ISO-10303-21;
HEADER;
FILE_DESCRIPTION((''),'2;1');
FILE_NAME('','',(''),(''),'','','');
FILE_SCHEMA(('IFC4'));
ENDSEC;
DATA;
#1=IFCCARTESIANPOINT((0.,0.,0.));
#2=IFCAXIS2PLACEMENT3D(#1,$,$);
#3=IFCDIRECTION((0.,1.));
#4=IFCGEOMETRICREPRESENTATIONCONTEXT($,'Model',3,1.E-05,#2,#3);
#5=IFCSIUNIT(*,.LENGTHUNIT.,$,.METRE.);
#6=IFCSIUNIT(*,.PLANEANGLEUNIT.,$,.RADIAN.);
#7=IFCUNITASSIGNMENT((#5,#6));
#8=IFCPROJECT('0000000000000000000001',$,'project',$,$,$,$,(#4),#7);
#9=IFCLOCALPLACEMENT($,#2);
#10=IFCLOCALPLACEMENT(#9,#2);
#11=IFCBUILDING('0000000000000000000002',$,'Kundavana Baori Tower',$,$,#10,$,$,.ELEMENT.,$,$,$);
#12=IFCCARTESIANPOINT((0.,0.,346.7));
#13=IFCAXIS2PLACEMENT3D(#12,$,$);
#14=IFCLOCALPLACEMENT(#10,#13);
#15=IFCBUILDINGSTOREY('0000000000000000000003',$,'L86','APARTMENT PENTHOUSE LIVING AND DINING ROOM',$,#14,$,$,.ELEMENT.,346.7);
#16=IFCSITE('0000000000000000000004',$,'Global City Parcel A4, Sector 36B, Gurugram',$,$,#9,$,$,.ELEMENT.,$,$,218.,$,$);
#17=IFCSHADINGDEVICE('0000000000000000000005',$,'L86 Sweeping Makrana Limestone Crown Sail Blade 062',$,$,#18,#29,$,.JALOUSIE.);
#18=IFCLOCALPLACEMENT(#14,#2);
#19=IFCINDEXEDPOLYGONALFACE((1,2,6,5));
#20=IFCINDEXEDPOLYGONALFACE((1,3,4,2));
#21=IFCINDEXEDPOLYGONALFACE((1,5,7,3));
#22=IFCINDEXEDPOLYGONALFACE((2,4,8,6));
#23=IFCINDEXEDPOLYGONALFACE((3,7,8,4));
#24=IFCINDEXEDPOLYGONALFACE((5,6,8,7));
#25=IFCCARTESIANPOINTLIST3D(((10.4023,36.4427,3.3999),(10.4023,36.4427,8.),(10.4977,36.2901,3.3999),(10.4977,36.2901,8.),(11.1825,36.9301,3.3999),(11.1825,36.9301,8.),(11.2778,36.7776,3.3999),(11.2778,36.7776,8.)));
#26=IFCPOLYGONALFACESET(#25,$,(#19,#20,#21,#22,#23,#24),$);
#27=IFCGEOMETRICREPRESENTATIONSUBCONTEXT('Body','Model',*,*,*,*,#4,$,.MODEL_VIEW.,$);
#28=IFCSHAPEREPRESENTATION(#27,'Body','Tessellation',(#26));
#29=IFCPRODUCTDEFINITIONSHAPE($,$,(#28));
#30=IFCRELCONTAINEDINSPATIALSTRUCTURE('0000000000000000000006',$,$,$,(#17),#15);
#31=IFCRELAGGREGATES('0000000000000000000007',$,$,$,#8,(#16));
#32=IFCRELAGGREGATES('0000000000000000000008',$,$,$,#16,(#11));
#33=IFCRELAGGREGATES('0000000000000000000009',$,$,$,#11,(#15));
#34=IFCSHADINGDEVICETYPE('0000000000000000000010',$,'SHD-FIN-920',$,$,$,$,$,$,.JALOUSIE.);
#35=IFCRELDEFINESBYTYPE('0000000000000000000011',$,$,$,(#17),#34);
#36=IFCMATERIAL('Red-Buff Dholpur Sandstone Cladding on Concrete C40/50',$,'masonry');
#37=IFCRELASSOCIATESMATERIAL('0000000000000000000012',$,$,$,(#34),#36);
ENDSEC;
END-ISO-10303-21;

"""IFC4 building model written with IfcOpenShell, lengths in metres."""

from ifc_helpers import new_model, si_unit, direction, frame, origin, origin_2d, place, context, subcontext, project, spatial, rectangle, extrude, material, type_object, element, save


model = new_model("IFC4")

# Units and contexts
model_context = context("Model", 3, precision=1e-05, world=origin(), true_north=direction((0.0, 1.0)))
body_context = subcontext(model_context, "Body", "Model", "MODEL_VIEW")
ifc_project = project(units=[si_unit("LENGTHUNIT", "METRE"), si_unit("PLANEANGLEUNIT", "RADIAN")], contexts=[model_context])

# Site, building, storey
site_placement = place(None, origin())
site = spatial("IfcSite", under=ifc_project, at=site_placement, Name="Global City Parcel A4, Sector 36B, Gurugram", CompositionType="ELEMENT", RefElevation=218.0)
building_placement = place(site_placement, origin())
building = spatial("IfcBuilding", under=site, at=building_placement, Name="Kundavana Baori Tower", CompositionType="ELEMENT")
storey_placement = place(building_placement, frame((0.0, 0.0, 346.7)))
storey = spatial("IfcBuildingStorey", under=building, at=storey_placement, Name="L86", Description="APARTMENT PENTHOUSE LIVING AND DINING ROOM", CompositionType="ELEMENT", Elevation=346.7)

# Shading device
ifc_material_1 = material(Name="Red-Buff Dholpur Sandstone Cladding on Concrete C40/50", Category="masonry")
shading_device_type = type_object("IfcShadingDeviceType", Name="SHD-FIN-920", PredefinedType="JALOUSIE", material=ifc_material_1)
for number, where, z_axis, x_axis, name in (
    (1, (10.8401, 36.6101, 3.3999), (0.0, 0.0, 1.0), (-0.529919, 0.848048, 0.0), "L86 Sweeping Makrana Limestone Crown Sail Blade 062"),
):
    element("IfcShadingDevice", number, at=place(storey_placement, frame(where, z_axis=z_axis, x_axis=x_axis)), inside=storey, type_object=shading_device_type, Name=name, PredefinedType="JALOUSIE", context=body_context, shape_type="SweptSolid", body=[
        extrude(rectangle(XDim=0.1799, YDim=0.9199, at=origin_2d()), origin(), (0.0, 0.0, 1.0), 4.6001),
    ])

save(model, "model.ifc")
